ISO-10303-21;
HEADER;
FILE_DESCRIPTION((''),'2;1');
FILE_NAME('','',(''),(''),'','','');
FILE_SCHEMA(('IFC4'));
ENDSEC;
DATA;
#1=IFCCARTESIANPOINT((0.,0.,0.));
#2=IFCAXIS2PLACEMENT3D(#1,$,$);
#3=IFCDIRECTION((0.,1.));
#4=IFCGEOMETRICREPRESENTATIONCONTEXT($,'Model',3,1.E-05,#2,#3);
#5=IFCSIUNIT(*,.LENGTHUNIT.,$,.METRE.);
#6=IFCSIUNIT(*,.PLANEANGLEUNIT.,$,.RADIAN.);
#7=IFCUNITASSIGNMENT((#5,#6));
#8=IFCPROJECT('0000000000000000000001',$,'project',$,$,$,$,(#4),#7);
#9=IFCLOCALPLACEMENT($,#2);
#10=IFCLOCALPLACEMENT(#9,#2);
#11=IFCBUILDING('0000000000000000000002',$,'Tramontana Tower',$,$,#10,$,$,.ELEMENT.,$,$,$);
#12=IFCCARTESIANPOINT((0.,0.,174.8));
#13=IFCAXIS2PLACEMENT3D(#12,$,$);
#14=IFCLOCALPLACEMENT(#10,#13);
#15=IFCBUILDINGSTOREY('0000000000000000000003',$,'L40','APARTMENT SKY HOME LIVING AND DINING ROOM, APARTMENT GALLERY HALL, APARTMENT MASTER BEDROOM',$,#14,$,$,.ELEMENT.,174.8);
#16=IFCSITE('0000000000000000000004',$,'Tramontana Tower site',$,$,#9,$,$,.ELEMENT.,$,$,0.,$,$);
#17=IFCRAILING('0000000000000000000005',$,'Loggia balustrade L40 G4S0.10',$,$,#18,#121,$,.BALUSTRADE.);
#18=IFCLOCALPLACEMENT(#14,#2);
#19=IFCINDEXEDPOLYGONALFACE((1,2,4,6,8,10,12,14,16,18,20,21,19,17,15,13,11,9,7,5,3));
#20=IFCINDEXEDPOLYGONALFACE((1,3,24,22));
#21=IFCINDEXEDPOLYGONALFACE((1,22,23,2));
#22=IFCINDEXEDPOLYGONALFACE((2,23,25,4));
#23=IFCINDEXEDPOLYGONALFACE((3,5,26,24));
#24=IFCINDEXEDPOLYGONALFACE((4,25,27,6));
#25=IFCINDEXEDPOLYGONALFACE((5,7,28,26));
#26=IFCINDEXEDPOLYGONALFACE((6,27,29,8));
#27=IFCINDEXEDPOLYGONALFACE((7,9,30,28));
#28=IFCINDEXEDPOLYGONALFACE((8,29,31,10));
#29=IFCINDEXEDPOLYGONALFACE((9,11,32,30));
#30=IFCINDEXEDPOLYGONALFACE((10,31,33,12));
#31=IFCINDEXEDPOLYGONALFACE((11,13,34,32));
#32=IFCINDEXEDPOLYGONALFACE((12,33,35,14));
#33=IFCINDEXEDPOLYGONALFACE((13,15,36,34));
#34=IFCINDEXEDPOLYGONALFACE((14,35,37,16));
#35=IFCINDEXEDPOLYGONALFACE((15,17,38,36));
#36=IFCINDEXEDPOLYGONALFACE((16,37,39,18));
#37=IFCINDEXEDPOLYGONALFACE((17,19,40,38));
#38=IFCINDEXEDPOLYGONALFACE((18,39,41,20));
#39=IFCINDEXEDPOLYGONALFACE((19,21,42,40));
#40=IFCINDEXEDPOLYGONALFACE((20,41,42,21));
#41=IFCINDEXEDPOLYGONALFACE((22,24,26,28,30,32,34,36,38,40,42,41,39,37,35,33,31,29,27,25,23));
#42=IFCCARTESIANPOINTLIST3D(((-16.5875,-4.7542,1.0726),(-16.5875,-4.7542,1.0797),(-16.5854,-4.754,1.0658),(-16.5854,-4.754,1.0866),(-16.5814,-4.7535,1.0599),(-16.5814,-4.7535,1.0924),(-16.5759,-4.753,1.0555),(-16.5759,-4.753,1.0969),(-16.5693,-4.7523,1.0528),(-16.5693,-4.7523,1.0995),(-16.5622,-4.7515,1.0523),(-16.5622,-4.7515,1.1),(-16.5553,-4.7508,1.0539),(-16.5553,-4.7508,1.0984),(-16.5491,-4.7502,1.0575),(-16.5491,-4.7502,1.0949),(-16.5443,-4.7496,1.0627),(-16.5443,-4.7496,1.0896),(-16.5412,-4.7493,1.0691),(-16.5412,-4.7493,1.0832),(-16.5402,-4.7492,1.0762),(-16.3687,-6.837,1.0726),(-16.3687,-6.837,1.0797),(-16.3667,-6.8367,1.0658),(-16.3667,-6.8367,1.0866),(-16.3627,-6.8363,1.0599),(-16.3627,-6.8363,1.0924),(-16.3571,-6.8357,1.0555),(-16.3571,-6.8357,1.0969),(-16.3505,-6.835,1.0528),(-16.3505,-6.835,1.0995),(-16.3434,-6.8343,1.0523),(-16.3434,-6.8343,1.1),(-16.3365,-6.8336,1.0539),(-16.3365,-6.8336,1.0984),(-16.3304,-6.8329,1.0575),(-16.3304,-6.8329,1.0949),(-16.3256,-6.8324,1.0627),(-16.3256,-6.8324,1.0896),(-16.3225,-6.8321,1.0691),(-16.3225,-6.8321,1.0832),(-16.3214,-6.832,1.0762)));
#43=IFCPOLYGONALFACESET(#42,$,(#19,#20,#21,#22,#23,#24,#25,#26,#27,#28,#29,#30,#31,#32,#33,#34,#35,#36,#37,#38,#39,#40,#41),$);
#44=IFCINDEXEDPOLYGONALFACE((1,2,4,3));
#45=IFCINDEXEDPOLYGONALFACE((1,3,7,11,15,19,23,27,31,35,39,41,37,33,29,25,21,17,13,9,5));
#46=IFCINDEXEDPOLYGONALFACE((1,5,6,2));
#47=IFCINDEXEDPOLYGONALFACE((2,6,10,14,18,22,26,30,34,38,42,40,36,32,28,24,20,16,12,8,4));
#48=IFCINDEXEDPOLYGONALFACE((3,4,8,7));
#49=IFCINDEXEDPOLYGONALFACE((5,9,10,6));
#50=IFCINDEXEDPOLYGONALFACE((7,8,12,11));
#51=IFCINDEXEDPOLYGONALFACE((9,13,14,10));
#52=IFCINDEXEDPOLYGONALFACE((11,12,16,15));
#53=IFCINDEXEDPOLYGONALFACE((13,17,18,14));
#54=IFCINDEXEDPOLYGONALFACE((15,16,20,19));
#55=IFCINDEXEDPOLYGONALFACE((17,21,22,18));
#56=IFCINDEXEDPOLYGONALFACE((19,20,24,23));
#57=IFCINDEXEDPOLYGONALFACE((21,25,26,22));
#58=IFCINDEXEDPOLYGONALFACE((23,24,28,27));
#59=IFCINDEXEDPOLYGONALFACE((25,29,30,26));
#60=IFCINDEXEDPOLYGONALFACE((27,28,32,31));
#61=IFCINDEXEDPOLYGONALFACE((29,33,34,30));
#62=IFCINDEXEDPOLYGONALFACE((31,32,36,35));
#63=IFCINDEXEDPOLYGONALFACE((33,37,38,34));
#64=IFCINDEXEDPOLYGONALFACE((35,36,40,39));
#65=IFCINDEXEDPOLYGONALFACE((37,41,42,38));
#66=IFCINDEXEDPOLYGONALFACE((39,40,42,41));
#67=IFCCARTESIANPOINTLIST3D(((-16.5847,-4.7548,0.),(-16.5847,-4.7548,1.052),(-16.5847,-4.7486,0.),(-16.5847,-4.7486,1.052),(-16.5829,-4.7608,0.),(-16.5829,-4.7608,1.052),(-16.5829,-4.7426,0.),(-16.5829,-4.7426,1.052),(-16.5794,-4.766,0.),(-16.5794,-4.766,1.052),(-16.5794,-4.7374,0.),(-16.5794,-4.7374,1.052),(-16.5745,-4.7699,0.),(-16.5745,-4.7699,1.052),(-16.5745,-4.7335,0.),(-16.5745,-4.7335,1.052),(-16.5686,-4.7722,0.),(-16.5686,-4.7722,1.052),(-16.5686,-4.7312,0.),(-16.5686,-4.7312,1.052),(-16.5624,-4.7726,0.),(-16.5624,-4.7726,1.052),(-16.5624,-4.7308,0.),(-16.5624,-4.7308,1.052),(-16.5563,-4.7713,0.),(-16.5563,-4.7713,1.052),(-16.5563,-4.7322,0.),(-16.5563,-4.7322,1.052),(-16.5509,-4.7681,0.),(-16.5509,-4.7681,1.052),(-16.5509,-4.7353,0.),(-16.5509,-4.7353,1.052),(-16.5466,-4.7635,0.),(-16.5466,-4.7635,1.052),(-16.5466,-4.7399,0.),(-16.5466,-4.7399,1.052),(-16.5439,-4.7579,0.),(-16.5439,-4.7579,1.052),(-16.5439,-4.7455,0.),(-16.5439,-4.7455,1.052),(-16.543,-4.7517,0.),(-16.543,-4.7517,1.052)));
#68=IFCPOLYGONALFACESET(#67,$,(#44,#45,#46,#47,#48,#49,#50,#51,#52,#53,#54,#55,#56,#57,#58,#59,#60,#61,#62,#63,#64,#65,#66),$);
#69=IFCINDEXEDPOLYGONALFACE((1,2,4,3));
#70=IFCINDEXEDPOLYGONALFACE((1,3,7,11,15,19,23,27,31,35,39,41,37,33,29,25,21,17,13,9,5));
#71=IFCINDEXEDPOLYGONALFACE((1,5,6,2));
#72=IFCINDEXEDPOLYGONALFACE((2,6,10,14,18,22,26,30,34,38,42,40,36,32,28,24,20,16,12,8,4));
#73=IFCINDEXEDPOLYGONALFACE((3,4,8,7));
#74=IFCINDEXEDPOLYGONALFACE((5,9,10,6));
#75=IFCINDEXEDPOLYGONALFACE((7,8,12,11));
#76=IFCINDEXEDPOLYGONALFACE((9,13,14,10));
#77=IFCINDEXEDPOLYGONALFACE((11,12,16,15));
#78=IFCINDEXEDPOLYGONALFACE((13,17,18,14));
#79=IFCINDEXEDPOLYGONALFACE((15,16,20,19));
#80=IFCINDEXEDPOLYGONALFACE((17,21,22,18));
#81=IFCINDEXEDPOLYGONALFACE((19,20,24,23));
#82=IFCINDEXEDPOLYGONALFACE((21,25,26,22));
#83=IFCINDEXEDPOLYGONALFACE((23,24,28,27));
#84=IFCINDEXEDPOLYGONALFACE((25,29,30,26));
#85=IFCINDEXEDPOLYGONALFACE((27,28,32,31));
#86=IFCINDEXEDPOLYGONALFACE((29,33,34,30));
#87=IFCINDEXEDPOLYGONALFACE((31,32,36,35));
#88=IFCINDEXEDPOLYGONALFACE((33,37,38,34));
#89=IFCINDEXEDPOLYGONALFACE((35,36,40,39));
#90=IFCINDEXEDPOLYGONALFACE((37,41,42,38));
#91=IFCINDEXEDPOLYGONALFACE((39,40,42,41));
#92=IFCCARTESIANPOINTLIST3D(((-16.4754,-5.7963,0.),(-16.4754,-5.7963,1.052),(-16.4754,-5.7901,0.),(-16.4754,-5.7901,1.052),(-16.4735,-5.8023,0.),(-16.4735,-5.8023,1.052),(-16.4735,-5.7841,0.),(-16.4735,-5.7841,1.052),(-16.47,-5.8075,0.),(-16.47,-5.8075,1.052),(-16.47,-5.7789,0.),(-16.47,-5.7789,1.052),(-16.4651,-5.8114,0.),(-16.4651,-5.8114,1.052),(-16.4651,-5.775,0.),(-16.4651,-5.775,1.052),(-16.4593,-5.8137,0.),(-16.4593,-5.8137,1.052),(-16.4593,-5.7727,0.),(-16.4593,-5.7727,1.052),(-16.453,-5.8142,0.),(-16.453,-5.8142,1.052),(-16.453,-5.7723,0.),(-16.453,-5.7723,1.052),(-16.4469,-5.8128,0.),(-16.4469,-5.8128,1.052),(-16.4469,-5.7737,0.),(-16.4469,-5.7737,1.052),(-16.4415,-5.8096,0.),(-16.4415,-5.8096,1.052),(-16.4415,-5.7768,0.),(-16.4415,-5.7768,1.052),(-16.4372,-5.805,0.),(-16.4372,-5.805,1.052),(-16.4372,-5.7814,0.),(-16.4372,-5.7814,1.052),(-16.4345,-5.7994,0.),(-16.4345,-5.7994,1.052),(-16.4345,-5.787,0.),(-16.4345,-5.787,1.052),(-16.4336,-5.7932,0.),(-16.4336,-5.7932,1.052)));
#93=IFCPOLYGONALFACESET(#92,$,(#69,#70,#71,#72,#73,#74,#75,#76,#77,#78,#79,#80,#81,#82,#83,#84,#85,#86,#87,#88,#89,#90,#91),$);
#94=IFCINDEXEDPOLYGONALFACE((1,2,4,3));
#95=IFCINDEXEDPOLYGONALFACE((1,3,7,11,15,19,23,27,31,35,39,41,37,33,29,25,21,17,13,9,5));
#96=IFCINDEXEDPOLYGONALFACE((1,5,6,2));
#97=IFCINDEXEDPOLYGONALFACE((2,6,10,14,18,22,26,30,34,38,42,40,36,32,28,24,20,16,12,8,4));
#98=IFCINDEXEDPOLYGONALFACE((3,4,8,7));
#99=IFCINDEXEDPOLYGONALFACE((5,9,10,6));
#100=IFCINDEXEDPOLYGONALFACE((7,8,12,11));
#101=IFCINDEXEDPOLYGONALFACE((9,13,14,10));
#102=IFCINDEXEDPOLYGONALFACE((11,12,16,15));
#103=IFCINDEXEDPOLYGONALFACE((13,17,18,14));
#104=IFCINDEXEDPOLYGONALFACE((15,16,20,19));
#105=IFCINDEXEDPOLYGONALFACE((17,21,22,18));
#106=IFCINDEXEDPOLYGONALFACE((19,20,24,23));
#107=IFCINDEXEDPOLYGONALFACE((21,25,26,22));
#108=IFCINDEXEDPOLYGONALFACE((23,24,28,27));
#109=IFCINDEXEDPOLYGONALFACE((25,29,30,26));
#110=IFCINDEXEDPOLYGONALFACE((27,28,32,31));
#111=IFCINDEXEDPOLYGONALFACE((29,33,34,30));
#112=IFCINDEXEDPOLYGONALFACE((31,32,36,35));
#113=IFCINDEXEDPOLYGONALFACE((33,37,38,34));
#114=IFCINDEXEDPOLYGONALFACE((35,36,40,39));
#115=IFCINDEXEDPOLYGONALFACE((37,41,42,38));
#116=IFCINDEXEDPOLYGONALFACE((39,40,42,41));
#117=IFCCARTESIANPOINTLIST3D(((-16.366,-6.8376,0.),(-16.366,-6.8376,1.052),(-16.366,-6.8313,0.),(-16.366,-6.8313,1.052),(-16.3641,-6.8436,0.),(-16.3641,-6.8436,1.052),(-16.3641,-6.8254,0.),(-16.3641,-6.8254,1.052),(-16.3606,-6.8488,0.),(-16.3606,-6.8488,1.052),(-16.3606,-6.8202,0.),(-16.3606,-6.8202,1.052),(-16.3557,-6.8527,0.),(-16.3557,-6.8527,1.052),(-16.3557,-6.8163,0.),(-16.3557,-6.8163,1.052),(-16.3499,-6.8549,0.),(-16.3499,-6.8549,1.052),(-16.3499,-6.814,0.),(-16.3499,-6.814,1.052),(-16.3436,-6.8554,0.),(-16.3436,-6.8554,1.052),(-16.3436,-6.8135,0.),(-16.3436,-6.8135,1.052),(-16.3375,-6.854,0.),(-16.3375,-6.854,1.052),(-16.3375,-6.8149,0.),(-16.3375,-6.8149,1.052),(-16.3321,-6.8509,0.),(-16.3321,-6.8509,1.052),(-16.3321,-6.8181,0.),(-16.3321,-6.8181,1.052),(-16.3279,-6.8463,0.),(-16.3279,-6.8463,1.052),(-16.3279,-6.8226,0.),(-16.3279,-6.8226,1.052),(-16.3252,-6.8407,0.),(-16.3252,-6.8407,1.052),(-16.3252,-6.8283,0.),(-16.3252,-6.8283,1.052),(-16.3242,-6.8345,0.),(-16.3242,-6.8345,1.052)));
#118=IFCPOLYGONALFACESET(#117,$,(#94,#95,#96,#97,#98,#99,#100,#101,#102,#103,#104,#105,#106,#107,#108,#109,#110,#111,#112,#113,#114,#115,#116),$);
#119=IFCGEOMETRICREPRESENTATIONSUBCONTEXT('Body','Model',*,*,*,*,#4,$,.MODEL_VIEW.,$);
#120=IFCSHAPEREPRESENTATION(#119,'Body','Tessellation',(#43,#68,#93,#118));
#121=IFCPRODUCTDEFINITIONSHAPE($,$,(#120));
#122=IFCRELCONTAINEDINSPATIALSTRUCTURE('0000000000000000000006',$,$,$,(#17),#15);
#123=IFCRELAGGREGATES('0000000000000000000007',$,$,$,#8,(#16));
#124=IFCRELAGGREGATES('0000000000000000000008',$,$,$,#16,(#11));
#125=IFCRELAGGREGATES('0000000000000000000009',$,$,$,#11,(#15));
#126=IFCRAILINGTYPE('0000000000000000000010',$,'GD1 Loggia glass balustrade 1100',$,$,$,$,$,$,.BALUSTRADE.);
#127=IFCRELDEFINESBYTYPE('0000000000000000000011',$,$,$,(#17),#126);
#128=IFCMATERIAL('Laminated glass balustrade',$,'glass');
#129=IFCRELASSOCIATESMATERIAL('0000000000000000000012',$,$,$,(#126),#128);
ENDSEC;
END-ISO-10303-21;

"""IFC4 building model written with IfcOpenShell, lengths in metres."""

from ifc_helpers import new_model, si_unit, direction, frame, origin, origin_2d, place, context, subcontext, project, spatial, circle, extrude, material, type_object, element, save


model = new_model("IFC4")

# Units and contexts
model_context = context("Model", 3, precision=1e-05, world=origin(), true_north=direction((0.0, 1.0)))
body_context = subcontext(model_context, "Body", "Model", "MODEL_VIEW")
ifc_project = project(units=[si_unit("LENGTHUNIT", "METRE"), si_unit("PLANEANGLEUNIT", "RADIAN")], contexts=[model_context])

# Site, building, storey
site_placement = place(None, origin())
site = spatial("IfcSite", under=ifc_project, at=site_placement, Name="Tramontana Tower site", CompositionType="ELEMENT", RefElevation=0.0)
building_placement = place(site_placement, origin())
building = spatial("IfcBuilding", under=site, at=building_placement, Name="Tramontana Tower", CompositionType="ELEMENT")
storey_placement = place(building_placement, frame((0.0, 0.0, 174.8)))
storey = spatial("IfcBuildingStorey", under=building, at=storey_placement, Name="L40", Description="APARTMENT SKY HOME LIVING AND DINING ROOM, APARTMENT GALLERY HALL, APARTMENT MASTER BEDROOM", CompositionType="ELEMENT", Elevation=174.8)

# Railing
ifc_material_1 = material(Name="Laminated glass balustrade", Category="glass")
railing_type = type_object("IfcRailingType", Name="GD1 Loggia glass balustrade 1100", PredefinedType="BALUSTRADE", material=ifc_material_1)
railing_placement = place(storey_placement, frame((-16.564, -4.7517, 0.0)))
element("IfcRailing", 1, at=railing_placement, inside=storey, type_object=railing_type, Name="Loggia balustrade L40 G4S0.10", PredefinedType="BALUSTRADE", context=body_context, shape_type="SweptSolid", body=[
    extrude(circle(Radius=0.0239, at=origin_2d()), frame((0.0, 0.0, 1.0762), z_axis=(0.104454, -0.99453, 0.0), x_axis=(0.99453, 0.104454, 0.0)), (0.0, 0.0, 1.0), 2.0942),
    extrude(circle(Radius=0.021, at=origin_2d()), origin(), (0.0, 0.0, 1.0), 1.052),
    extrude(circle(Radius=0.021, at=origin_2d()), frame((0.1094, -1.0415, 0.0)), (0.0, 0.0, 1.0), 1.052),
    extrude(circle(Radius=0.021, at=origin_2d()), frame((0.2188, -2.0828, 0.0)), (0.0, 0.0, 1.0), 1.052),
])

save(model, "model.ifc")
